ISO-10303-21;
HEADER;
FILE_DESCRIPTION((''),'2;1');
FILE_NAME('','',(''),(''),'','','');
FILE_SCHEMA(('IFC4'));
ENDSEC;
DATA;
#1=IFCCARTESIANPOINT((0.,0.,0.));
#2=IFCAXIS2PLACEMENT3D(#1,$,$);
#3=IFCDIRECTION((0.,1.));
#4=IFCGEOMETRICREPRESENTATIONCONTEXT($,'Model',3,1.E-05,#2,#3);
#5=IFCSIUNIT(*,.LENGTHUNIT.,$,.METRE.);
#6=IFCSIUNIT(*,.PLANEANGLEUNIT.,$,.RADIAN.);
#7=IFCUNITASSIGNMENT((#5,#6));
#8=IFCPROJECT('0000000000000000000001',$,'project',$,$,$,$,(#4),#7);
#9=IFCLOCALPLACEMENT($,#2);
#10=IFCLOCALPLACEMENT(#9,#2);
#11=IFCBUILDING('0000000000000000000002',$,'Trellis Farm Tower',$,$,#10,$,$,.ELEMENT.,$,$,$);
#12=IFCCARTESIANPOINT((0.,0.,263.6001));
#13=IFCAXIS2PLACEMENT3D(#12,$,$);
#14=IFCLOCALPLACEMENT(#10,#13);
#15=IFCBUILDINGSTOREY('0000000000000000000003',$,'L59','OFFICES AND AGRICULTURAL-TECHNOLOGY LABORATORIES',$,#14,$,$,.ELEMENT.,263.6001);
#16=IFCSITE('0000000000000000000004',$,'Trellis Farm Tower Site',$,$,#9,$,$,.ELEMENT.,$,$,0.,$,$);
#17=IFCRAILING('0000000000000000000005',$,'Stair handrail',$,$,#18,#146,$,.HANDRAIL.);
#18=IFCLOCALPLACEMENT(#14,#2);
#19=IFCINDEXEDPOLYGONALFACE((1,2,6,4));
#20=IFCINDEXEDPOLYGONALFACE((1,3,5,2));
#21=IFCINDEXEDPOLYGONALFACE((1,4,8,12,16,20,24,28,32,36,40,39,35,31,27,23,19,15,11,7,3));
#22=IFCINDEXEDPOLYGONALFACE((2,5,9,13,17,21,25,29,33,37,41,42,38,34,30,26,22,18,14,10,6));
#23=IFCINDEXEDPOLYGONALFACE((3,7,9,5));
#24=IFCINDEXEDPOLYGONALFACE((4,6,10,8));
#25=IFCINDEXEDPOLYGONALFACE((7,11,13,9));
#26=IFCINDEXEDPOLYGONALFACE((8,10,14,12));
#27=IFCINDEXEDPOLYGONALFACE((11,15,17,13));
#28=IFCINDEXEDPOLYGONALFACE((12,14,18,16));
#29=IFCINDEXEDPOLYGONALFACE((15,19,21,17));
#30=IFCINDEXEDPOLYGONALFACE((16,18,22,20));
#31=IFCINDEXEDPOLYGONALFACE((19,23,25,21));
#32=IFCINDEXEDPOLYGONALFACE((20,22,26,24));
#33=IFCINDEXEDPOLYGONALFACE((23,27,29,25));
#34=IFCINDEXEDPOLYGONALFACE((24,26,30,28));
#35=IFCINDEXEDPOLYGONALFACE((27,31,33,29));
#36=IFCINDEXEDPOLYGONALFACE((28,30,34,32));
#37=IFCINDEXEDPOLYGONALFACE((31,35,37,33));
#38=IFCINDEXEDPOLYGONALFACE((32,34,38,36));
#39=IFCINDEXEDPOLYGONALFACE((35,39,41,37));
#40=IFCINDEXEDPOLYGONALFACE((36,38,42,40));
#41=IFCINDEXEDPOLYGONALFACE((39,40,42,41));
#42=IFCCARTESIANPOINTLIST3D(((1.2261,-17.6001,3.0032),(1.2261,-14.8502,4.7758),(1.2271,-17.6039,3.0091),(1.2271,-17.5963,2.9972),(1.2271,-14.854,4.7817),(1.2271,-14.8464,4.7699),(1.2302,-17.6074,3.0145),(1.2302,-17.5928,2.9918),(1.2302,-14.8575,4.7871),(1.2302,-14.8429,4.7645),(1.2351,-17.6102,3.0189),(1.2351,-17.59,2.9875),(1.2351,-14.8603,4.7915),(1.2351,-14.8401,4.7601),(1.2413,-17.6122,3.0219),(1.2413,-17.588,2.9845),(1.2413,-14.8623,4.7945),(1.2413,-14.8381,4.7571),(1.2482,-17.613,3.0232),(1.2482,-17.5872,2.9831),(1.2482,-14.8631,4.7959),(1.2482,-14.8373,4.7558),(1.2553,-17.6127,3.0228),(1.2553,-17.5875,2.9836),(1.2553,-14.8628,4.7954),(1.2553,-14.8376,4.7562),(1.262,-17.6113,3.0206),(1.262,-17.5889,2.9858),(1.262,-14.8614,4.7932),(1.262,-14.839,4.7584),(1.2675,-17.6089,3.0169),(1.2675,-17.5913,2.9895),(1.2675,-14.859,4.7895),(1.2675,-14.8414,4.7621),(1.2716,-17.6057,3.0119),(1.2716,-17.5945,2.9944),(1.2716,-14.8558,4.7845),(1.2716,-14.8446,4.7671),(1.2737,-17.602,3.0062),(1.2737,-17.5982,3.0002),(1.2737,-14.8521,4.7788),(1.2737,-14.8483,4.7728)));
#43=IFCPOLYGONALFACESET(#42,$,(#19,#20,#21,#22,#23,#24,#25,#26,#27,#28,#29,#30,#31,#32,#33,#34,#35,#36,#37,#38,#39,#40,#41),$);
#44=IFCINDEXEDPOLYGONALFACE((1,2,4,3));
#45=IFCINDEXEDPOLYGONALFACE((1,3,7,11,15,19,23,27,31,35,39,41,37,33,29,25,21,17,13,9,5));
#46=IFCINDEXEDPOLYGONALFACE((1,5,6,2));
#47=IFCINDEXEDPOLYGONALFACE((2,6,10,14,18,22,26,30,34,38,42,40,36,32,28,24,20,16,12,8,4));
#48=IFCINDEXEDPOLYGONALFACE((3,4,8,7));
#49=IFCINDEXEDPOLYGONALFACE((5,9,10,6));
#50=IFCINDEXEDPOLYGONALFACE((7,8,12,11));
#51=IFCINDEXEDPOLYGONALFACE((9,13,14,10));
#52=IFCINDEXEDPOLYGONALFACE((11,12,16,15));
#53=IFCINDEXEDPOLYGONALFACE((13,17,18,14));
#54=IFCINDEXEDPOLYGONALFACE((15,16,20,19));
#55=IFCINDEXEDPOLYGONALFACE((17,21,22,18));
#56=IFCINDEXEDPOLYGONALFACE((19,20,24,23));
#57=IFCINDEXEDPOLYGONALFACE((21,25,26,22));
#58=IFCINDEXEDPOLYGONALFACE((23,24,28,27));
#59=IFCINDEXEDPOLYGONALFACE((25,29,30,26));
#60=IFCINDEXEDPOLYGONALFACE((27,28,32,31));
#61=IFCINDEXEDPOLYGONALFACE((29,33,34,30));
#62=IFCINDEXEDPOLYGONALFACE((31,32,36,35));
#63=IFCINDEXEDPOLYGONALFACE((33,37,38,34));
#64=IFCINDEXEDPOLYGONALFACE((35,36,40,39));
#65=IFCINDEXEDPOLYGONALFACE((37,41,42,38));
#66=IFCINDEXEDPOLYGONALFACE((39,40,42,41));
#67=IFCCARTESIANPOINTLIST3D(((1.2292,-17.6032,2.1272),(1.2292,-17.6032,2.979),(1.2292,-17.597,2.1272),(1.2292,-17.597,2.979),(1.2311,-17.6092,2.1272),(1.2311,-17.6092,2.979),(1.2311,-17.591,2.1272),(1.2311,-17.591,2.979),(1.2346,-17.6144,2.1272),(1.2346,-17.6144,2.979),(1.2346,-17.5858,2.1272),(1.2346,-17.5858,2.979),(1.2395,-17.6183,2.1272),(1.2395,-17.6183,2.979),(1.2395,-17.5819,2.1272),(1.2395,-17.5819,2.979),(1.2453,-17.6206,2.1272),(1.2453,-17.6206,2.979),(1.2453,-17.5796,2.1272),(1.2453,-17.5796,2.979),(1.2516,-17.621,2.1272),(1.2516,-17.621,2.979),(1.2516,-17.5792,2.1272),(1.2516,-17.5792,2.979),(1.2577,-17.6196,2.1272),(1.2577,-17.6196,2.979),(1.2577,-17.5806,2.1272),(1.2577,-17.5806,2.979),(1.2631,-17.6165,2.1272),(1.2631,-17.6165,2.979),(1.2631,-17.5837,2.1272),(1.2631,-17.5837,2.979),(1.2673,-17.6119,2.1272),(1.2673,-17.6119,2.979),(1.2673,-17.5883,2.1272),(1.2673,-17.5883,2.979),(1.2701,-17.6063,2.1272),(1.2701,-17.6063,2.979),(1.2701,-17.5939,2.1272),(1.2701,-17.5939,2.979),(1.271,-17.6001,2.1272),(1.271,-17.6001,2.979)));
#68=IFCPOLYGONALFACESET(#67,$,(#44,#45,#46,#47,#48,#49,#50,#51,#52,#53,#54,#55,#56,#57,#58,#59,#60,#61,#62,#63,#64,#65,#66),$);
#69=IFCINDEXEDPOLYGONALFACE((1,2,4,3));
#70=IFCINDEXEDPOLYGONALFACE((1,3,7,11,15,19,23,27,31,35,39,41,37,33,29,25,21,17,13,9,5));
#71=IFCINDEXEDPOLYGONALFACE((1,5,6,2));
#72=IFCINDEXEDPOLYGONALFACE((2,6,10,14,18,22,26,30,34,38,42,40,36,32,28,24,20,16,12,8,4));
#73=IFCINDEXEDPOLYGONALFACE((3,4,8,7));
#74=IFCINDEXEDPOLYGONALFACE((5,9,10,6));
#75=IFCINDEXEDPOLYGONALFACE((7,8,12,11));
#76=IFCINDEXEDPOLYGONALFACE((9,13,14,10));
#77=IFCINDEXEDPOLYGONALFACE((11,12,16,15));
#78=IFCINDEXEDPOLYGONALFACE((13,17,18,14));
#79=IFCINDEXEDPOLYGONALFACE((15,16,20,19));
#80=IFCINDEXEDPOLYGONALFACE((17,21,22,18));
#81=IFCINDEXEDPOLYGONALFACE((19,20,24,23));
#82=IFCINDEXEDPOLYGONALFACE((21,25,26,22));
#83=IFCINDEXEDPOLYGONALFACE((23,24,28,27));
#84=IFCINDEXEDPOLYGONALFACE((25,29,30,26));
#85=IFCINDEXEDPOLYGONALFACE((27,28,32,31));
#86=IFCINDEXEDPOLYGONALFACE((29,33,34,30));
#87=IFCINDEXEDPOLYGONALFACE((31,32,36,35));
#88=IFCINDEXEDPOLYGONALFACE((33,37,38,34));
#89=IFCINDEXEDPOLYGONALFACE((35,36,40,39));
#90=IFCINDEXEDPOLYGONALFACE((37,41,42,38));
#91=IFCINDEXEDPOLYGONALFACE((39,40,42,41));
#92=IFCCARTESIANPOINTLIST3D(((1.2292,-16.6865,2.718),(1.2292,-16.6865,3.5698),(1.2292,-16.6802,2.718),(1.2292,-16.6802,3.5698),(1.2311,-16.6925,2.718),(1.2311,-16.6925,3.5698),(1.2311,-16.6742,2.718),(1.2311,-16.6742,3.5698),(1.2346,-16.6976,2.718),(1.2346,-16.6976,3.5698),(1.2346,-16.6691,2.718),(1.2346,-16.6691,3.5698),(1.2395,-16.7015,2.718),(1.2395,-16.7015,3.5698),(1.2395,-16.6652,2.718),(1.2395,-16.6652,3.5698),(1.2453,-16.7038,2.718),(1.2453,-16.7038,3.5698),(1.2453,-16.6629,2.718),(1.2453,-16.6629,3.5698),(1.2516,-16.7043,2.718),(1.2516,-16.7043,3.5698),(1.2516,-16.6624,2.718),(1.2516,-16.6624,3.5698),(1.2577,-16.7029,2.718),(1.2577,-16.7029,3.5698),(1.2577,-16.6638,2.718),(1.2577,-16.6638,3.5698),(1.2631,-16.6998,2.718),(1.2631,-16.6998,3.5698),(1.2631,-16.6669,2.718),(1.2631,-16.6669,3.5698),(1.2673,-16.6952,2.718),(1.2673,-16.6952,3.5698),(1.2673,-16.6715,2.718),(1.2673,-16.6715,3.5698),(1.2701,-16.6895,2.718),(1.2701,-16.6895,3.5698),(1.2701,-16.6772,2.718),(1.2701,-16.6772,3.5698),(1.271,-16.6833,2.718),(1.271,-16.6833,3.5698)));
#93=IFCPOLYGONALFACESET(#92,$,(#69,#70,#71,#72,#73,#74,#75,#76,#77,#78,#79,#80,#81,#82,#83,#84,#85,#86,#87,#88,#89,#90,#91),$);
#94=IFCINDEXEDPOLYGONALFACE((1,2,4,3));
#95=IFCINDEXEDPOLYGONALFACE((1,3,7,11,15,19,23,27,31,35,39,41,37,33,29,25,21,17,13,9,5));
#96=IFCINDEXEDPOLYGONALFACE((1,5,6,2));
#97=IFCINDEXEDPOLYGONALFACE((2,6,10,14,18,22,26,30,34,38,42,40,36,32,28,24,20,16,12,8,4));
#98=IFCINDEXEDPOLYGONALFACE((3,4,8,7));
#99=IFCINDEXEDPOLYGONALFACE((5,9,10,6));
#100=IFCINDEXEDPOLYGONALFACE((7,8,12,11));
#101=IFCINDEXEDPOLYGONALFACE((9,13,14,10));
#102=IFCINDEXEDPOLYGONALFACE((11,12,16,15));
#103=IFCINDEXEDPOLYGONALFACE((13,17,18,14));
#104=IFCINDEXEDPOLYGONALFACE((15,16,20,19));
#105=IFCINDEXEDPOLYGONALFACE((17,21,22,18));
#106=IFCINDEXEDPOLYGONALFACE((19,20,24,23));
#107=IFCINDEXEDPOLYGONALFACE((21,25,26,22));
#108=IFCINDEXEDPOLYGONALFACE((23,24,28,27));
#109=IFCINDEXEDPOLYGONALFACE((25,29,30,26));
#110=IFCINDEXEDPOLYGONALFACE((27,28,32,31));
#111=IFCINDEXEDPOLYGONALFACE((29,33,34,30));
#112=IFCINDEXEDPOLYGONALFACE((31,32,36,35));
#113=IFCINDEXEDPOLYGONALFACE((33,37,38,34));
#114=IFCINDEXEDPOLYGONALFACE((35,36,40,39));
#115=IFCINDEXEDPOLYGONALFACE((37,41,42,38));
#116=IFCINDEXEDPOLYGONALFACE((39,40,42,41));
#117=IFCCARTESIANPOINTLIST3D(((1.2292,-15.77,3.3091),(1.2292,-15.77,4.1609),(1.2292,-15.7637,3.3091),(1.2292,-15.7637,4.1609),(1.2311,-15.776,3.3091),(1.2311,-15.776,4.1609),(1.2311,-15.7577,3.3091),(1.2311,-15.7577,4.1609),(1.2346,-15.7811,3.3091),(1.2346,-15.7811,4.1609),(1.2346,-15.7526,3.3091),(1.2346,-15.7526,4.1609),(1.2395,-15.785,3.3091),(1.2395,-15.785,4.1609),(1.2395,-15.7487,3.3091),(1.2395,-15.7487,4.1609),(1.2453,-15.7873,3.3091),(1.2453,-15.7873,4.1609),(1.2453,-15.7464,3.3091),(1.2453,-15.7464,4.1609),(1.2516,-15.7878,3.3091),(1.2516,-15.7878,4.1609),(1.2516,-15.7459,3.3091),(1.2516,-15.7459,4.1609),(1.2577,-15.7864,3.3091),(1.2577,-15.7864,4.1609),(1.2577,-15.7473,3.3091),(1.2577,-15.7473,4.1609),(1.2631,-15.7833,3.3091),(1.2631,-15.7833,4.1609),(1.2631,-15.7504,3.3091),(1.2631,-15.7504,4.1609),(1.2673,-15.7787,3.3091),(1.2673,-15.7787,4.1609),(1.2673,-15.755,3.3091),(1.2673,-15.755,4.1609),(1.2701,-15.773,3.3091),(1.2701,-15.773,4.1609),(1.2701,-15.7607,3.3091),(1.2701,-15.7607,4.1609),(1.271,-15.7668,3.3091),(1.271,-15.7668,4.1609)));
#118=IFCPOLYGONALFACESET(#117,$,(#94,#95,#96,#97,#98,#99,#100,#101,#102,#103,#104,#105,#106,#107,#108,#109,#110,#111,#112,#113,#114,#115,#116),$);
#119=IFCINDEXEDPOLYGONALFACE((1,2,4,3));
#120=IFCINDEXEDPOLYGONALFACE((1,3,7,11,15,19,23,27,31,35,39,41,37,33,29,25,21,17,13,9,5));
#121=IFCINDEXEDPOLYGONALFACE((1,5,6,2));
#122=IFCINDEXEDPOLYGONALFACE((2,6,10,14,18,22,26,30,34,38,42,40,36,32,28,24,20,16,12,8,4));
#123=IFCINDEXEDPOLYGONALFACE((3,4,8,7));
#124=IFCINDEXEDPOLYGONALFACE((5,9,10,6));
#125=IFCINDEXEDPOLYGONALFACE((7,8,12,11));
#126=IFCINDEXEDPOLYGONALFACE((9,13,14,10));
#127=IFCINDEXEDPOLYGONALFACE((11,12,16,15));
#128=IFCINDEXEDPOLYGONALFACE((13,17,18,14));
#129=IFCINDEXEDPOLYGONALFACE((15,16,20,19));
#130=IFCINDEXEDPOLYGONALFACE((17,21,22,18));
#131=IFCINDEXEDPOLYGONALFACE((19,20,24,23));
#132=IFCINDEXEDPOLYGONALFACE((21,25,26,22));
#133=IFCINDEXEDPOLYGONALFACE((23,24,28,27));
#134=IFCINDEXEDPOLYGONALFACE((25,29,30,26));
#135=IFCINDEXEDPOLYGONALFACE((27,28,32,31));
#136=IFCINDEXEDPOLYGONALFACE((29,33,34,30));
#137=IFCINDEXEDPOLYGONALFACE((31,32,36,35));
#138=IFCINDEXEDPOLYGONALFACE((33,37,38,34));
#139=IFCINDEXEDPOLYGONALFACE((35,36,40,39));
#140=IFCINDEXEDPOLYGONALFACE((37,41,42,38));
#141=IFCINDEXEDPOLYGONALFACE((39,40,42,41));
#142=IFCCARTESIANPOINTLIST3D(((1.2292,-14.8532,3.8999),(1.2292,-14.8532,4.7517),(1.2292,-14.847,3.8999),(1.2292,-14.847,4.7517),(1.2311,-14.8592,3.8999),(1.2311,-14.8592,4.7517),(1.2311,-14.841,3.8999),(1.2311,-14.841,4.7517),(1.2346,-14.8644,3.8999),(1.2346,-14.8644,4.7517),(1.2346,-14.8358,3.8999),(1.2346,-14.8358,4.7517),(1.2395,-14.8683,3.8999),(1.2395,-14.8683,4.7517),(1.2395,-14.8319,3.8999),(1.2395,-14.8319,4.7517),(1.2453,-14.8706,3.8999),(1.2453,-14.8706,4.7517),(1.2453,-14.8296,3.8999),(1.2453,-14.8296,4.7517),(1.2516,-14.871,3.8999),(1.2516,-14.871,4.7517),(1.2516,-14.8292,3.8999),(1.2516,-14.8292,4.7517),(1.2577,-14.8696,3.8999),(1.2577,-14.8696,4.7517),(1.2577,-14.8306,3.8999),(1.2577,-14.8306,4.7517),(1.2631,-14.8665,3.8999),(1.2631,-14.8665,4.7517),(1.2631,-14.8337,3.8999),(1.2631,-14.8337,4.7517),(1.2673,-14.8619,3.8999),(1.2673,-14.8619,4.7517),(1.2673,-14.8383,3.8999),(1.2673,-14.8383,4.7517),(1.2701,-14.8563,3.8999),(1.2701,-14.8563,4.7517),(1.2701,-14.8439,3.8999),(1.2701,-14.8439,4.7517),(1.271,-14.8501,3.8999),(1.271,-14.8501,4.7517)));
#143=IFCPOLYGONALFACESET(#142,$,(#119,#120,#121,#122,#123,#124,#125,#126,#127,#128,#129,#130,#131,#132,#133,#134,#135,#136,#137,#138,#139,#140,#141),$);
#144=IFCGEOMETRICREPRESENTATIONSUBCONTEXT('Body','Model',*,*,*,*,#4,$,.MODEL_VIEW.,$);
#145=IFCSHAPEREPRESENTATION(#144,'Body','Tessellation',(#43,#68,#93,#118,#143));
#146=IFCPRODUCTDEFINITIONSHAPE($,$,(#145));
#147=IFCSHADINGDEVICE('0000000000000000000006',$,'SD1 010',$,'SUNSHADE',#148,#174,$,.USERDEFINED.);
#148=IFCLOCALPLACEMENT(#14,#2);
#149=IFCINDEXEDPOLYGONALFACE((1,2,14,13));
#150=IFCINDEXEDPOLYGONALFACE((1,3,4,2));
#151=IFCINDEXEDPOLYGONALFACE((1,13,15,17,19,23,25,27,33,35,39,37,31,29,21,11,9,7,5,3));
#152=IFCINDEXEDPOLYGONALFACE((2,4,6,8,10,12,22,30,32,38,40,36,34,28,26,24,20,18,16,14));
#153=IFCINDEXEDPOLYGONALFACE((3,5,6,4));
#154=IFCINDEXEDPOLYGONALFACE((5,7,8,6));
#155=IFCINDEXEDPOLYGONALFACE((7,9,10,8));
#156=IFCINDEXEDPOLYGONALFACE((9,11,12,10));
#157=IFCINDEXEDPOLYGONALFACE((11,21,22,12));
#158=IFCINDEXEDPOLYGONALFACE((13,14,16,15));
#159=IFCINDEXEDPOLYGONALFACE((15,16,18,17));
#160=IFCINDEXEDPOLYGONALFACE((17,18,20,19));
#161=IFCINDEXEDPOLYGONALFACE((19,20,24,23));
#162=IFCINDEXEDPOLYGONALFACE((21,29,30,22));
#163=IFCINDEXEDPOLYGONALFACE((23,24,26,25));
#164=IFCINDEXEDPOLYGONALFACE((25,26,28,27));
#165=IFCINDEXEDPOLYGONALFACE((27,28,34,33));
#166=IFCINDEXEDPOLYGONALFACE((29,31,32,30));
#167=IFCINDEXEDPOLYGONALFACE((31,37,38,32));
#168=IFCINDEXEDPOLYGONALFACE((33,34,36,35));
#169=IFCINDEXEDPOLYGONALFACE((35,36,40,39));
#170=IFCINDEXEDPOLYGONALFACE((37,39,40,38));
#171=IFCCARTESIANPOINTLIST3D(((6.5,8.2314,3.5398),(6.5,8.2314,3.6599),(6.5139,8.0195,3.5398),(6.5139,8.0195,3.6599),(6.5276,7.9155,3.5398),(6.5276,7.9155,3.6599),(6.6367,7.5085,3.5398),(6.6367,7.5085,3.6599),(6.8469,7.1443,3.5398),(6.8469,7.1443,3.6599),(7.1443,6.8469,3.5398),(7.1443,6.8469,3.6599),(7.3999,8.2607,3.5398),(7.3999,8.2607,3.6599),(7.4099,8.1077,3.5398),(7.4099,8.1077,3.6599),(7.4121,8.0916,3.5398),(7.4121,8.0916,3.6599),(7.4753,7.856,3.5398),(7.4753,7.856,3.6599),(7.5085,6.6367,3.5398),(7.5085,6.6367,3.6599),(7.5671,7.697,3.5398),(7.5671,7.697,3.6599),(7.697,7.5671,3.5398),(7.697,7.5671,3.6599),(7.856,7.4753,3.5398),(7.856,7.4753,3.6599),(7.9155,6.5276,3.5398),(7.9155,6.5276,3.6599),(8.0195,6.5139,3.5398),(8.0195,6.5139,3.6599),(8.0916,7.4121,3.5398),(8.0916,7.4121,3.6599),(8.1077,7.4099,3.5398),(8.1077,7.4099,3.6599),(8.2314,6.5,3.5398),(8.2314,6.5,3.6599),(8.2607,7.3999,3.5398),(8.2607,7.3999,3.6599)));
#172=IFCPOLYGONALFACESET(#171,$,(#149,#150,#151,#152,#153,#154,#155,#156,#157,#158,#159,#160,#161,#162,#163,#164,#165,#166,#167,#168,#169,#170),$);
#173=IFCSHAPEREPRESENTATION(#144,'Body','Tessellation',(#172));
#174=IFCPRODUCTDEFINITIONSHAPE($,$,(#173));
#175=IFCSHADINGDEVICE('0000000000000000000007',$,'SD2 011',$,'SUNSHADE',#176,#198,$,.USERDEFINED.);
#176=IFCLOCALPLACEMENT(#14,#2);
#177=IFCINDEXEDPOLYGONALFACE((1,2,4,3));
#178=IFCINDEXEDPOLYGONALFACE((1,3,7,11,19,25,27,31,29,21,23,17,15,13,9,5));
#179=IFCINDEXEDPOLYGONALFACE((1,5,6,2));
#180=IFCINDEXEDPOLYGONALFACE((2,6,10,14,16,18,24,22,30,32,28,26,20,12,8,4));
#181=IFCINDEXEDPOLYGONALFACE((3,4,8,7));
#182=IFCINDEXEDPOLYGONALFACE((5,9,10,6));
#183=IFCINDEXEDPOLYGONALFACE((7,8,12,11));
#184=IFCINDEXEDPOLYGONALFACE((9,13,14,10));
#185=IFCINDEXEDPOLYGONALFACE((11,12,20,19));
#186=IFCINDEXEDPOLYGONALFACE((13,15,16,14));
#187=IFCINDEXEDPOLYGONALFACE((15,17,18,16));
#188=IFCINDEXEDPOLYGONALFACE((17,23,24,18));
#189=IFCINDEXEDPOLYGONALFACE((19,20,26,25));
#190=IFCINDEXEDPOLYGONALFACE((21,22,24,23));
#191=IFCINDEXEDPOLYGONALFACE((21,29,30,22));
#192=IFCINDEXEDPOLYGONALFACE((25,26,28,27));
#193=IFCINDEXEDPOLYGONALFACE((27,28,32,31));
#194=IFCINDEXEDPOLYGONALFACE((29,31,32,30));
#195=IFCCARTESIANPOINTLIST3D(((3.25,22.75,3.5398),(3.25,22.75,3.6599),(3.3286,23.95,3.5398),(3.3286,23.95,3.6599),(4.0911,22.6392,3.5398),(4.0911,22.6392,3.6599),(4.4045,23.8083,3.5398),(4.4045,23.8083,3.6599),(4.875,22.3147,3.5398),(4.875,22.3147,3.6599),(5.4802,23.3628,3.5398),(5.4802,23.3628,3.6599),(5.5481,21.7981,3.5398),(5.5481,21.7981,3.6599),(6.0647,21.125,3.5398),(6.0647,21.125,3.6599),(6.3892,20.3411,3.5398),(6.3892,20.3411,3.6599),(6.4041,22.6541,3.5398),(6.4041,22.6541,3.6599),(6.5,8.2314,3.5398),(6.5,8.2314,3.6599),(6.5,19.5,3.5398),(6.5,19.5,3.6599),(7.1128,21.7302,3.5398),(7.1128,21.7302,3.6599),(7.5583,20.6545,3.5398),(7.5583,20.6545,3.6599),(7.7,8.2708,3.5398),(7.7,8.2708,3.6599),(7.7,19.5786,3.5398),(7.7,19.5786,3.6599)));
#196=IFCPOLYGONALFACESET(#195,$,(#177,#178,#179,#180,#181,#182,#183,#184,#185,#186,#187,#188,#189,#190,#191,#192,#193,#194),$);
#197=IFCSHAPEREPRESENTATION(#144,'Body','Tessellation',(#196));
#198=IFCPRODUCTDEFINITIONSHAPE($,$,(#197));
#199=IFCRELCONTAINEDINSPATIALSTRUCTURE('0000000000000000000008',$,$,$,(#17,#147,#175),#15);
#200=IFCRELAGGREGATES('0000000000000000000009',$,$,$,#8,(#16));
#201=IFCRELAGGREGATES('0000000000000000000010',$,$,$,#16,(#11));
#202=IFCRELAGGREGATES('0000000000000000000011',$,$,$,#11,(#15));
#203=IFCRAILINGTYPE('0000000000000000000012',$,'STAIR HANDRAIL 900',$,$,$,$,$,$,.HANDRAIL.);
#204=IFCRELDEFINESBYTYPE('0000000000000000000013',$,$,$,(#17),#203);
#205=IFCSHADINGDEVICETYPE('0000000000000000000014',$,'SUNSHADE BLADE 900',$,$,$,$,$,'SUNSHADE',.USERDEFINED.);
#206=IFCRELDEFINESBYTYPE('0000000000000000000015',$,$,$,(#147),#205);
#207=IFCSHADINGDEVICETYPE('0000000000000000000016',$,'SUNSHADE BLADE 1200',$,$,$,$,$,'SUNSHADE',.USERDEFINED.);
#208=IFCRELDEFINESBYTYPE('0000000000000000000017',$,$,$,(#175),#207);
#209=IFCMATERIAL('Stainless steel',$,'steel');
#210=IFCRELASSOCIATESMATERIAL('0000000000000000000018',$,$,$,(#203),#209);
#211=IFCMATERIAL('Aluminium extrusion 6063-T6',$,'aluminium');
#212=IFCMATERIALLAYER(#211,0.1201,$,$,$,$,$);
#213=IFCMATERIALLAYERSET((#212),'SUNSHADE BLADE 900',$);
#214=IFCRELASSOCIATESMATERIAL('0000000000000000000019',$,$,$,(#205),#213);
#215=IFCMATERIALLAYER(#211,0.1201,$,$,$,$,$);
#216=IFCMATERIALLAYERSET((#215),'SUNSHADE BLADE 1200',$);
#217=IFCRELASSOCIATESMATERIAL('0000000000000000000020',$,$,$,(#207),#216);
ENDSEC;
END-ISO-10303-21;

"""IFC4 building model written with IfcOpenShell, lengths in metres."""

from ifc_helpers import new_model, si_unit, direction, frame, origin, origin_2d, place, context, subcontext, project, spatial, polyline, circle, outline, extrude, source, transform, mapped, material, layer, layer_set, type_object, element, save


model = new_model("IFC4")

# Units and contexts
model_context = context("Model", 3, precision=1e-05, world=origin(), true_north=direction((0.0, 1.0)))
body_context = subcontext(model_context, "Body", "Model", "MODEL_VIEW")
ifc_project = project(units=[si_unit("LENGTHUNIT", "METRE"), si_unit("PLANEANGLEUNIT", "RADIAN")], contexts=[model_context])

# Site, building, storey
site_placement = place(None, origin())
site = spatial("IfcSite", under=ifc_project, at=site_placement, Name="Trellis Farm Tower Site", CompositionType="ELEMENT", RefElevation=0.0)
building_placement = place(site_placement, origin())
building = spatial("IfcBuilding", under=site, at=building_placement, Name="Trellis Farm Tower", CompositionType="ELEMENT")
storey_placement = place(building_placement, frame((0.0, 0.0, 263.6001)))
storey = spatial("IfcBuildingStorey", under=building, at=storey_placement, Name="L59", Description="OFFICES AND AGRICULTURAL-TECHNOLOGY LABORATORIES", CompositionType="ELEMENT", Elevation=263.6001)

# Shared definitions
ifc_material_1 = material(Name="Aluminium extrusion 6063-T6", Category="aluminium")

# Railing
ifc_material_2 = material(Name="Stainless steel", Category="steel")
railing_type = type_object("IfcRailingType", Name="STAIR HANDRAIL 900", PredefinedType="HANDRAIL", material=ifc_material_2)
shared_shape_1 = source(origin(), body_context, "Body", "SweptSolid", [
    extrude(circle(Radius=0.0239, at=origin_2d()), frame((0.0, 0.0, 0.876), z_axis=(0.0, 0.840504, 0.541806), x_axis=(-1.0, 0.0, 0.0)), (0.0, 0.0, 1.0), 3.2717),
    extrude(circle(Radius=0.021, at=origin_2d()), origin(), (0.0, 0.0, 1.0), 0.8518),
    extrude(circle(Radius=0.021, at=origin_2d()), frame((0.0, 0.9167, 0.5908)), (0.0, 0.0, 1.0), 0.8518),
    extrude(circle(Radius=0.021, at=origin_2d()), frame((0.0, 1.8333, 1.1819)), (0.0, 0.0, 1.0), 0.8518),
    extrude(circle(Radius=0.021, at=origin_2d()), frame((0.0, 2.75, 1.7727)), (0.0, 0.0, 1.0), 0.8518),
])
railing_placement = place(storey_placement, frame((1.25, -17.6001, 2.1272)))
element("IfcRailing", 1, at=railing_placement, inside=storey, type_object=railing_type, Name="Stair handrail", PredefinedType="HANDRAIL", context=body_context, shape_type="MappedRepresentation", body=[
    mapped(shared_shape_1, transform((0.0, 0.0, 0.0))),
])

# Shading devices
ifc_layer_1 = layer(ifc_material_1, 0.1201)
ifc_layer_set_1 = layer_set([ifc_layer_1], Name="SUNSHADE BLADE 900")
shading_device_type_1 = type_object("IfcShadingDeviceType", Name="SUNSHADE BLADE 900", ElementType="SUNSHADE", PredefinedType="USERDEFINED", material=ifc_layer_set_1)
shared_shape_2 = source(origin(), body_context, "Body", "SweptSolid", [
    extrude(outline(polyline([(8.2607, 7.3999), (8.1077, 7.4099), (8.0916, 7.4121), (7.856, 7.4753), (7.697, 7.5671), (7.5671, 7.697), (7.4753, 7.856), (7.4121, 8.0916), (7.4099, 8.1077), (7.3999, 8.2607), (6.5, 8.2314), (6.5139, 8.0195), (6.5276, 7.9155), (6.6367, 7.5085), (6.8469, 7.1443), (7.1443, 6.8469), (7.5085, 6.6367), (7.9155, 6.5276), (8.0195, 6.5139), (8.2314, 6.5), (8.2607, 7.3999)])), origin(), (0.0, 0.0, 1.0), 0.1201),
])
placement_1 = place(storey_placement, frame((0.0, 0.0, 3.5398)))
element("IfcShadingDevice", 2, at=placement_1, inside=storey, type_object=shading_device_type_1, Name="SD1 010", ObjectType="SUNSHADE", PredefinedType="USERDEFINED", context=body_context, shape_type="MappedRepresentation", body=[
    mapped(shared_shape_2, transform((0.0, 0.0, 0.0))),
])
ifc_layer_2 = layer(ifc_material_1, 0.1201)
ifc_layer_set_2 = layer_set([ifc_layer_2], Name="SUNSHADE BLADE 1200")
shading_device_type_2 = type_object("IfcShadingDeviceType", Name="SUNSHADE BLADE 1200", ElementType="SUNSHADE", PredefinedType="USERDEFINED", material=ifc_layer_set_2)
shared_shape_3 = source(origin(), body_context, "Body", "SweptSolid", [
    extrude(outline(polyline([(7.7, 8.2708), (7.7, 19.5786), (7.5583, 20.6545), (7.1128, 21.7302), (6.4041, 22.6541), (5.4802, 23.3628), (4.4045, 23.8083), (3.3286, 23.95), (3.25, 22.75), (4.0911, 22.6392), (4.875, 22.3147), (5.5481, 21.7981), (6.0647, 21.125), (6.3892, 20.3411), (6.5, 19.5), (6.5, 8.2314), (7.7, 8.2708)])), origin(), (0.0, 0.0, 1.0), 0.1201),
])
element("IfcShadingDevice", 3, at=placement_1, inside=storey, type_object=shading_device_type_2, Name="SD2 011", ObjectType="SUNSHADE", PredefinedType="USERDEFINED", context=body_context, shape_type="MappedRepresentation", body=[
    mapped(shared_shape_3, transform((0.0, 0.0, 0.0))),
])

save(model, "model.ifc")
